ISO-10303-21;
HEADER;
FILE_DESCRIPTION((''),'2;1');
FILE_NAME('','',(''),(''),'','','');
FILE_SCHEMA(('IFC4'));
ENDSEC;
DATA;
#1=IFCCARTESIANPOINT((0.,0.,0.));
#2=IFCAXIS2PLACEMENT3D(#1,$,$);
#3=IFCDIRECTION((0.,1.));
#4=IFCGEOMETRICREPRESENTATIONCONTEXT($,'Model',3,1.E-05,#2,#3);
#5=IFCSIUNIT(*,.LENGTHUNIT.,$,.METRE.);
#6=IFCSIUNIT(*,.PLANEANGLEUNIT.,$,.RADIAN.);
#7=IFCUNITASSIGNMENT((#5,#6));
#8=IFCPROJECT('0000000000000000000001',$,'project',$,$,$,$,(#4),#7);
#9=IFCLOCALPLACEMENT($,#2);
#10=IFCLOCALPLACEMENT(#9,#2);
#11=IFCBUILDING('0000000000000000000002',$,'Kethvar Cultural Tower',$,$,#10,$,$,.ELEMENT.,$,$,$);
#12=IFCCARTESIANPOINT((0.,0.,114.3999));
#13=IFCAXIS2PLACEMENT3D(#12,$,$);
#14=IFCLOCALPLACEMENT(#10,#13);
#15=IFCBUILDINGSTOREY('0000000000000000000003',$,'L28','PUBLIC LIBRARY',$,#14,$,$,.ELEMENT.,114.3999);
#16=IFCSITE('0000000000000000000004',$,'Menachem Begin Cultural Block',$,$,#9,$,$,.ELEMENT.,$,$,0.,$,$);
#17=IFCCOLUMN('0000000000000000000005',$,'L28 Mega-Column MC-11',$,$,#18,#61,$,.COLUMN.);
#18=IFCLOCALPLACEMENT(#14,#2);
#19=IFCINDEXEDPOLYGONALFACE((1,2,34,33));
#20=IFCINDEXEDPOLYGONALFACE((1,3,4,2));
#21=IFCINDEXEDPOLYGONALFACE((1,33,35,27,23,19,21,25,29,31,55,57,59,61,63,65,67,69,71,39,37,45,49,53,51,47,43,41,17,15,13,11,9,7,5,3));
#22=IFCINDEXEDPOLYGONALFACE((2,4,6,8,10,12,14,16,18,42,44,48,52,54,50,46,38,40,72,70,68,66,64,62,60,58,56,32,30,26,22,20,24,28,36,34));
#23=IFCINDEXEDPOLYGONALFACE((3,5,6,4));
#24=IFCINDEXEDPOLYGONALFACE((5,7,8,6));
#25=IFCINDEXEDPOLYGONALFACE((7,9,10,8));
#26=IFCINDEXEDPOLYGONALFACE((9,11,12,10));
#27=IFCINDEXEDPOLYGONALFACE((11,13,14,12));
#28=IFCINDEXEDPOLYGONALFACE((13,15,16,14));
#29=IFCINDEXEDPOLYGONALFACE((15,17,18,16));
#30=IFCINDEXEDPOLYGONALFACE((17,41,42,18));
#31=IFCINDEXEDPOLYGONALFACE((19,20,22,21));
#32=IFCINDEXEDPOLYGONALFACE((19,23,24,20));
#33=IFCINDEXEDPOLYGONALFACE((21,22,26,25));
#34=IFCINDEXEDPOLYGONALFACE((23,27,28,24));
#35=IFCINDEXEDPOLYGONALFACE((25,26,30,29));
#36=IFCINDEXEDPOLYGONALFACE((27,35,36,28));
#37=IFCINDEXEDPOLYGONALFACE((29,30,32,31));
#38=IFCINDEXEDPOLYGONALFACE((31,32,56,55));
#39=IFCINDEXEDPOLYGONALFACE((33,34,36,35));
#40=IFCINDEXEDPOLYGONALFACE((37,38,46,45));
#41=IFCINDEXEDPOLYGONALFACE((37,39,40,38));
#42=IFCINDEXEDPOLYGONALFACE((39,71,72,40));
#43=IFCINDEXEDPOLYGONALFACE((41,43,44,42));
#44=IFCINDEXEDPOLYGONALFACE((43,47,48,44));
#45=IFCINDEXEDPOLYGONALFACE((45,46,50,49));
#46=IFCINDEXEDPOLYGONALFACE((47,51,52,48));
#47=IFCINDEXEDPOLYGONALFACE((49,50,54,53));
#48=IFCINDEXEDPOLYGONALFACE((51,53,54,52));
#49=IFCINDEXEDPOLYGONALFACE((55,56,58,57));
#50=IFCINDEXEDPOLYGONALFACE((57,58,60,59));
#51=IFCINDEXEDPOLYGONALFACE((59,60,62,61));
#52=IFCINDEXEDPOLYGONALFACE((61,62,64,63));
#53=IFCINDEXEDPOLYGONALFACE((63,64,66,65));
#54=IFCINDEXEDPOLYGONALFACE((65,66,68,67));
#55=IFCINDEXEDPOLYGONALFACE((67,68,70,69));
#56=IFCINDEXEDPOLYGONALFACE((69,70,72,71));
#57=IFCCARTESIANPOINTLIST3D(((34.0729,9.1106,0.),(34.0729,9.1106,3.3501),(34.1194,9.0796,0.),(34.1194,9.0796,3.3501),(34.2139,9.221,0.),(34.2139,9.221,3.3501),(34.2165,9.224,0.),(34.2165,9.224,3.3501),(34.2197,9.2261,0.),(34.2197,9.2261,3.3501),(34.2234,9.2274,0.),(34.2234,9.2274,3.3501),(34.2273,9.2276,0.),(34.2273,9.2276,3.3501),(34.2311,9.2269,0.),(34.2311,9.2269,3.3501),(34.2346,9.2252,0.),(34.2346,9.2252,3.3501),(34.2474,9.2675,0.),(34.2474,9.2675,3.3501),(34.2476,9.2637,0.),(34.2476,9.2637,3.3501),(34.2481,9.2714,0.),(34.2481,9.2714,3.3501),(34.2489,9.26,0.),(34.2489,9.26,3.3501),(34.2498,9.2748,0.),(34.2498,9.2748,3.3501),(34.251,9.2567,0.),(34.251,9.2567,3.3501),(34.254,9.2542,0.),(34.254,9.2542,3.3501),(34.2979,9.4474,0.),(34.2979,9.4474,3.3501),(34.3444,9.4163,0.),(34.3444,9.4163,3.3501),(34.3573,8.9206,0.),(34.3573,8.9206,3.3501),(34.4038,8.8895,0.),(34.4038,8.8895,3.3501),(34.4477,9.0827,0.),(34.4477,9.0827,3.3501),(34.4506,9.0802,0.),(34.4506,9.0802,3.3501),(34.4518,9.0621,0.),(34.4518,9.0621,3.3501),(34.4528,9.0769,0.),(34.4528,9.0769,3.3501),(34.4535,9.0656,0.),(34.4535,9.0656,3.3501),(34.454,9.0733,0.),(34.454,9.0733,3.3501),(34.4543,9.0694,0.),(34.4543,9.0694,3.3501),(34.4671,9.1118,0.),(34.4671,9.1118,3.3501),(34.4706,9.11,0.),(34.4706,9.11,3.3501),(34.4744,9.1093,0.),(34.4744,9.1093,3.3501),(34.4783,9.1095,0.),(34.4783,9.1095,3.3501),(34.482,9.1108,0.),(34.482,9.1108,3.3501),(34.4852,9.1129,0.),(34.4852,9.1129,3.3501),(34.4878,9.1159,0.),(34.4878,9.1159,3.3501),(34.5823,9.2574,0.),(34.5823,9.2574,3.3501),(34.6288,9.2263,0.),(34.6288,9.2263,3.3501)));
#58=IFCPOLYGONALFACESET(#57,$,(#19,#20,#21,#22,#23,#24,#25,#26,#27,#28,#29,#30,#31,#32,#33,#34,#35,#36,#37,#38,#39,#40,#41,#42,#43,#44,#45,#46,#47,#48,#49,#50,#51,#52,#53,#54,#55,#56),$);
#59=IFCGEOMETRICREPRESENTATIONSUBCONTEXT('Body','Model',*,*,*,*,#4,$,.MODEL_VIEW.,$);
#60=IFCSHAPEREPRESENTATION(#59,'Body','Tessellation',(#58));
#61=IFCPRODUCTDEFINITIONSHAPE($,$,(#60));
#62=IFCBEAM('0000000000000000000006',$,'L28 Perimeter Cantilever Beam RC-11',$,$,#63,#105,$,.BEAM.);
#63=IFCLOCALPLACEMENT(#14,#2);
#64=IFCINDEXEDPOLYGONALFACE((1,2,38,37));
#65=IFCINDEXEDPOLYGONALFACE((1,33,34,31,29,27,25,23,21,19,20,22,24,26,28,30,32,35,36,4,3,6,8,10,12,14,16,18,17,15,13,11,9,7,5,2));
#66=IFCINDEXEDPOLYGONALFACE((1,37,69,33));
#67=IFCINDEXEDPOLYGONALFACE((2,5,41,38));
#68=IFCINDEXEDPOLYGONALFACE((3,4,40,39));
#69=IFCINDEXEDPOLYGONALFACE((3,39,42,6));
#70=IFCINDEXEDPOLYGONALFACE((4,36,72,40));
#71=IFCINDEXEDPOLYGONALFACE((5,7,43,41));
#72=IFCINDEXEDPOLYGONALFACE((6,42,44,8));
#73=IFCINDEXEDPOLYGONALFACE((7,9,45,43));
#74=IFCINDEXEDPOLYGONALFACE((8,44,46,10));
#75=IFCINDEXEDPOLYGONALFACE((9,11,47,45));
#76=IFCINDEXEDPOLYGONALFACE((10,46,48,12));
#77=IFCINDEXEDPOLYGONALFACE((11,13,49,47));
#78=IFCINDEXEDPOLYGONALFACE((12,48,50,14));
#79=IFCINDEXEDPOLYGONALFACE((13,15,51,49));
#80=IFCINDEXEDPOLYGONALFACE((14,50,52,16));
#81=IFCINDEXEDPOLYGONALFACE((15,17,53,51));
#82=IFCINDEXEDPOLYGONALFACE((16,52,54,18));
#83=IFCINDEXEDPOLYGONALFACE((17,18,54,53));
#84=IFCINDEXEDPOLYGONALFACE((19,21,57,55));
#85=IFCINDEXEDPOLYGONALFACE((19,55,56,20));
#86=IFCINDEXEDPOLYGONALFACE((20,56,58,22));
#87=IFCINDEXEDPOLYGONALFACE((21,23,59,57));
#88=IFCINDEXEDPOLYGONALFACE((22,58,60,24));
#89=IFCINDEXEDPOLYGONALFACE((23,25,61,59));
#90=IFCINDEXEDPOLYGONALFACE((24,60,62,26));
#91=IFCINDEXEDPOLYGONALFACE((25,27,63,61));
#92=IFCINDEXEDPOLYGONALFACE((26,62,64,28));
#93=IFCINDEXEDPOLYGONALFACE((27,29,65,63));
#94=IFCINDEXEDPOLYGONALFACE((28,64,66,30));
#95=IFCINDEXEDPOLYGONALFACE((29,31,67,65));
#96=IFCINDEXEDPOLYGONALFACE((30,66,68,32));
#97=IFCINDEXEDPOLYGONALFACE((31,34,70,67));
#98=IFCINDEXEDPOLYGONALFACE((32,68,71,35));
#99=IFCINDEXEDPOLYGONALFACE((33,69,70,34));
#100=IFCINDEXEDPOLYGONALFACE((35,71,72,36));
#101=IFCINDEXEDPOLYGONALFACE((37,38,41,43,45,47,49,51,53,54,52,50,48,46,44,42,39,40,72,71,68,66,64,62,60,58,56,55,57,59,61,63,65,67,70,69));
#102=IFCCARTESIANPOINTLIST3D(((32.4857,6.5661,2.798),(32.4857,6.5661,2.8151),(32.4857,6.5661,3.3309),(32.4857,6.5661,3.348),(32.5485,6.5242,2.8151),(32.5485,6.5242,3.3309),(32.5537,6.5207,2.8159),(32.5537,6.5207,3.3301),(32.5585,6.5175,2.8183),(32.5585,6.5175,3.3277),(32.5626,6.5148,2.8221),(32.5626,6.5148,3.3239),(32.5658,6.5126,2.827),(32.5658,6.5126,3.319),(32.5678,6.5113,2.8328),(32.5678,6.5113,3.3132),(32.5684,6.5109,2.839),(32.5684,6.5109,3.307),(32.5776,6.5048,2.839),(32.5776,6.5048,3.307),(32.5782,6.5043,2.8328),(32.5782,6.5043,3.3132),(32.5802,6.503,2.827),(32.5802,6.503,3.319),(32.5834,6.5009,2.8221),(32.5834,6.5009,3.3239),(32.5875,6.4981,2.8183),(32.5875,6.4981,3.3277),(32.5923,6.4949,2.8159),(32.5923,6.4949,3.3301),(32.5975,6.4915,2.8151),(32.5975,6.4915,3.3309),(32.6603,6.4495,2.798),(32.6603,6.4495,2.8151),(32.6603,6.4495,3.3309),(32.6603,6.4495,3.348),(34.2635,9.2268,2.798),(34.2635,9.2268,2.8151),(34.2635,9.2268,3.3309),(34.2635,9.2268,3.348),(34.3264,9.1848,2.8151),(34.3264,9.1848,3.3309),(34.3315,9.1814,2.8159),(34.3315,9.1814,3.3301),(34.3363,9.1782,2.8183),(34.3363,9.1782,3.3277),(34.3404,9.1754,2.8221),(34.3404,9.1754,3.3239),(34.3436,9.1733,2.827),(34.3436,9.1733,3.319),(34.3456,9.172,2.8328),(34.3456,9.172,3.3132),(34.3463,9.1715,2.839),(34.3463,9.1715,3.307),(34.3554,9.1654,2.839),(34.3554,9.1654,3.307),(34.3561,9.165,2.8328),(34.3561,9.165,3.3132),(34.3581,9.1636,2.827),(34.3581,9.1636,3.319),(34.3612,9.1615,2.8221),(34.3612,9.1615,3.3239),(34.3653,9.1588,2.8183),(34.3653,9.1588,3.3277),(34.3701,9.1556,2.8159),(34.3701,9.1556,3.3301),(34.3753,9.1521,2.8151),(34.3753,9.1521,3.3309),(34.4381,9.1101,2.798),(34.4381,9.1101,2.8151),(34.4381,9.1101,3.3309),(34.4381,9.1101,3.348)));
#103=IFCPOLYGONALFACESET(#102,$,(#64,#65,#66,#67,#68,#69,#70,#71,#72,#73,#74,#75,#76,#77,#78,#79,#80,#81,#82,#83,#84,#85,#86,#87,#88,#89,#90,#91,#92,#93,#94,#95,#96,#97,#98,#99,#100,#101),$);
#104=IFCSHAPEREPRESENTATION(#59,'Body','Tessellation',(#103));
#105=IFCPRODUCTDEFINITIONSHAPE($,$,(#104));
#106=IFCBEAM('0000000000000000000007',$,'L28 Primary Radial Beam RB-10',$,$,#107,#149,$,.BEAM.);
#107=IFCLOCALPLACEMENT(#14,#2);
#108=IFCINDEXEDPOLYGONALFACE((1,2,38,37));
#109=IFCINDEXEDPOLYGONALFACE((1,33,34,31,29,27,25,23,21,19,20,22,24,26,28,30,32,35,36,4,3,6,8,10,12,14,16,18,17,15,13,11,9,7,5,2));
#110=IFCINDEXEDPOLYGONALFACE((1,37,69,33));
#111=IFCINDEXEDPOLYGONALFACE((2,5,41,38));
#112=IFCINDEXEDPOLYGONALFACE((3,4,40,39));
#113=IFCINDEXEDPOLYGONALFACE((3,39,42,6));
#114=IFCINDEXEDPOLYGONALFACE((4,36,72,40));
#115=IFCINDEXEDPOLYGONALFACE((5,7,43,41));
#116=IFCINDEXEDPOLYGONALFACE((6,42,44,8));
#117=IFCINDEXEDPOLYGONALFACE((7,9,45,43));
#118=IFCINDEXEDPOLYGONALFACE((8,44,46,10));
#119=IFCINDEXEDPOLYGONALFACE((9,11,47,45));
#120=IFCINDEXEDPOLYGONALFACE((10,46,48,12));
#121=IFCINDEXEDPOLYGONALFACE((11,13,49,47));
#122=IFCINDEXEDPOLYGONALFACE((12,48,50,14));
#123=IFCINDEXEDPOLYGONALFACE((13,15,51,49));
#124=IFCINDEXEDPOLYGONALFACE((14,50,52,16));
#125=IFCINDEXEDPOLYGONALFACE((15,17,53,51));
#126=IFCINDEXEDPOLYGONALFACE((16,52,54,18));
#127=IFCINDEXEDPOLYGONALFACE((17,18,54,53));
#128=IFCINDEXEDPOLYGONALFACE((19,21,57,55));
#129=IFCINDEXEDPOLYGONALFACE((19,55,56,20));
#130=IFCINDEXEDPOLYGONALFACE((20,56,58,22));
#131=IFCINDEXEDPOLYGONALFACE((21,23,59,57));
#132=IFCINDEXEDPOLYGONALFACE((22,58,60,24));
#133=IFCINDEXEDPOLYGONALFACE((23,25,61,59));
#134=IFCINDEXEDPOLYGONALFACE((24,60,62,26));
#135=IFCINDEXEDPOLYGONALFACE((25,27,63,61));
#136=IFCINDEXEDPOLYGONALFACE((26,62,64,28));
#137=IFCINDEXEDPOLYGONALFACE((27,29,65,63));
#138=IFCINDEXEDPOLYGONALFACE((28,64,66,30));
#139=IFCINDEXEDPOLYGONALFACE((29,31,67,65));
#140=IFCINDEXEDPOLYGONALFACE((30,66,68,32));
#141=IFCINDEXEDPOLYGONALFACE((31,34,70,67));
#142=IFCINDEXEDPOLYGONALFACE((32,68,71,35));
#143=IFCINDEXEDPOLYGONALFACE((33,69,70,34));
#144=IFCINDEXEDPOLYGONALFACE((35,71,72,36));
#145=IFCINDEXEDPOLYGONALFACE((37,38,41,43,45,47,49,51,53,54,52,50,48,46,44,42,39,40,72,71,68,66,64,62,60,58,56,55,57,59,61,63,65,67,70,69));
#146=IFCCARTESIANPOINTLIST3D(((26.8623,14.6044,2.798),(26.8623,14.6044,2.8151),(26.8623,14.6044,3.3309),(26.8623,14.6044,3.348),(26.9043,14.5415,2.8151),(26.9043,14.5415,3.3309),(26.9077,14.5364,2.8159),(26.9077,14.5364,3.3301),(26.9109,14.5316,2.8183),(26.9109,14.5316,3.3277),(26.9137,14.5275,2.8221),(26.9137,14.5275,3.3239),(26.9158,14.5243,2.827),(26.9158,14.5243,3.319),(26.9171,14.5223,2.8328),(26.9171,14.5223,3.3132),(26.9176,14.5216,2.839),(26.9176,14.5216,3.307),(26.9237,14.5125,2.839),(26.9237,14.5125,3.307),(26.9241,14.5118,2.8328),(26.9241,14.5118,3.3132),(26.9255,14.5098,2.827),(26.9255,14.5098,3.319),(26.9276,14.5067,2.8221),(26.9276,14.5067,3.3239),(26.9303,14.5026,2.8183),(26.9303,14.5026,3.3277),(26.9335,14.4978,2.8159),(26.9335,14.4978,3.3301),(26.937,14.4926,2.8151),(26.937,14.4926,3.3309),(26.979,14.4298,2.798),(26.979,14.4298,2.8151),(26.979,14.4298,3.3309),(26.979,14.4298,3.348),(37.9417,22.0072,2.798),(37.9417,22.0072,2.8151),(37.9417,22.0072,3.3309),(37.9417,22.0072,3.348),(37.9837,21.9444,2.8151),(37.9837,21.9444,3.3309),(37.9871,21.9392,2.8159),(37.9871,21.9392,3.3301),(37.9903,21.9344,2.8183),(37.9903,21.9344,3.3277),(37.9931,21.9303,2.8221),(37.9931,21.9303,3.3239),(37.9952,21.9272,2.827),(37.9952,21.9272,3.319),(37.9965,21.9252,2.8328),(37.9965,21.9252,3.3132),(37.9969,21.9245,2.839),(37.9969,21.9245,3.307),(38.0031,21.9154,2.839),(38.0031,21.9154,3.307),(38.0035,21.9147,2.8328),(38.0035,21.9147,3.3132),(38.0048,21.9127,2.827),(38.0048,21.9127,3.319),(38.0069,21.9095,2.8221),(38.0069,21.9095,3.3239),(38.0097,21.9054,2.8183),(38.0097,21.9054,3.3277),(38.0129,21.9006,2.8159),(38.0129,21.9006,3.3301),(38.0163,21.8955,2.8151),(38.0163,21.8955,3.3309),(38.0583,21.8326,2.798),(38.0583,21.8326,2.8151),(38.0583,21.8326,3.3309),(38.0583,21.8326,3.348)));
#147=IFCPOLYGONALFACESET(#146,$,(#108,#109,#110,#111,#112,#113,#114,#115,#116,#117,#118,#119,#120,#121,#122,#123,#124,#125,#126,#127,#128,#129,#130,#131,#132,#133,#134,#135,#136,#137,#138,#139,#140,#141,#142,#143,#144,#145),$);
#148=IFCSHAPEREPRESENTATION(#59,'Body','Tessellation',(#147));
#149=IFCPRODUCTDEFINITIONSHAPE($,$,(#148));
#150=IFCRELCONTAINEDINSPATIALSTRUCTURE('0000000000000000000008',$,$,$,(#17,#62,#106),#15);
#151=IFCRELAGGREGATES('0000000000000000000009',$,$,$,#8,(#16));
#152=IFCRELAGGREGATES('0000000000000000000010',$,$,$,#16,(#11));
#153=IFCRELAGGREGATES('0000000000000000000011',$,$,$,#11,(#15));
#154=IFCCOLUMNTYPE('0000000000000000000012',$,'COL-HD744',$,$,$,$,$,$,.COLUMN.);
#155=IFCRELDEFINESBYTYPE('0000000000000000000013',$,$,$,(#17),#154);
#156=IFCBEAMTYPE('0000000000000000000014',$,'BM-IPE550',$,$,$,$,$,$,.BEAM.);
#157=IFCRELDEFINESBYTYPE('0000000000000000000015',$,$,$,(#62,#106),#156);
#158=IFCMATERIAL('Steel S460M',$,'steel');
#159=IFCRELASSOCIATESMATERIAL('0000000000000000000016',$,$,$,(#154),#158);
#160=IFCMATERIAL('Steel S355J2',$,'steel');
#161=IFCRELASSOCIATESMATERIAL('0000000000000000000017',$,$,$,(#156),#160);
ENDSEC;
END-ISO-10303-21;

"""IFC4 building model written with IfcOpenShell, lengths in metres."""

from ifc_helpers import new_model, si_unit, direction, frame, origin, origin_2d, place, context, subcontext, project, spatial, i_section, extrude, source, transform, mapped, material, material_profile, profile_set, type_object, element, save


model = new_model("IFC4")

# Units and contexts
model_context = context("Model", 3, precision=1e-05, world=origin(), true_north=direction((0.0, 1.0)))
body_context = subcontext(model_context, "Body", "Model", "MODEL_VIEW")
ifc_project = project(units=[si_unit("LENGTHUNIT", "METRE"), si_unit("PLANEANGLEUNIT", "RADIAN")], contexts=[model_context])

# Site, building, storey
site_placement = place(None, origin())
site = spatial("IfcSite", under=ifc_project, at=site_placement, Name="Menachem Begin Cultural Block", CompositionType="ELEMENT", RefElevation=0.0)
building_placement = place(site_placement, origin())
building = spatial("IfcBuilding", under=site, at=building_placement, Name="Kethvar Cultural Tower", CompositionType="ELEMENT")
storey_placement = place(building_placement, frame((0.0, 0.0, 114.3999)))
storey = spatial("IfcBuildingStorey", under=building, at=storey_placement, Name="L28", Description="PUBLIC LIBRARY", CompositionType="ELEMENT", Elevation=114.3999)

# Column
ifc_material_1 = material(Name="Steel S460M", Category="steel")
ifc_material_profile_1 = material_profile(ifc_material_1, i_section(OverallWidth=0.405, OverallDepth=0.3979, WebThickness=0.0349, FlangeThickness=0.0559, FilletRadius=0.0149, at=origin_2d()), Name="Steel S460M — HD400x744")
ifc_profile_set_1 = profile_set([ifc_material_profile_1], Name="Steel S460M — HD400x744")
column_type = type_object("IfcColumnType", Name="COL-HD744", PredefinedType="COLUMN", material=ifc_profile_set_1)
shared_shape_1 = source(origin(), body_context, "Body", "SweptSolid", [
    extrude(i_section(OverallWidth=0.405, OverallDepth=0.3979, WebThickness=0.0349, FlangeThickness=0.0559, FilletRadius=0.0149, at=origin_2d()), origin(), (0.0, 0.0, 1.0), 3.3501),
])
column_placement = place(storey_placement, frame((34.3508, 9.1685, 0.0), z_axis=(0.0, 0.0, 1.0), x_axis=(-0.55557, -0.83147, 0.0)))
element("IfcColumn", 1, at=column_placement, inside=storey, type_object=column_type, Name="L28 Mega-Column MC-11", PredefinedType="COLUMN", context=body_context, shape_type="MappedRepresentation", body=[
    mapped(shared_shape_1, transform((0.0, 0.0, 0.0), scale=1.0)),
])

# Beams
ifc_material_2 = material(Name="Steel S355J2", Category="steel")
ifc_material_profile_2 = material_profile(ifc_material_2, i_section(OverallWidth=0.21, OverallDepth=0.55, WebThickness=0.011, FlangeThickness=0.0171, FilletRadius=0.0239, at=origin_2d()), Name="Steel S355J2 — IPE550")
ifc_profile_set_2 = profile_set([ifc_material_profile_2], Name="Steel S355J2 — IPE550")
beam_type_1 = type_object("IfcBeamType", Name="BM-IPE550", PredefinedType="BEAM", material=ifc_profile_set_2)
shared_shape_2 = source(origin(), body_context, "Body", "SweptSolid", [
    extrude(i_section(OverallWidth=0.21, OverallDepth=0.55, WebThickness=0.011, FlangeThickness=0.0171, FilletRadius=0.0239, at=origin_2d()), origin(), (0.0, 0.0, 1.0), 3.2),
])
beam_1_placement = place(storey_placement, frame((34.3508, 9.1685, 3.073), z_axis=(-0.55558, -0.831463, 0.0), x_axis=(0.831463, -0.55558, 0.0)))
element("IfcBeam", 2, at=beam_1_placement, inside=storey, type_object=beam_type_1, Name="L28 Perimeter Cantilever Beam RC-11", PredefinedType="BEAM", context=body_context, shape_type="MappedRepresentation", body=[
    mapped(shared_shape_2, transform((0.0, 0.0, 0.0), scale=1.0)),
])
shared_shape_3 = source(origin(), body_context, "Body", "SweptSolid", [
    extrude(i_section(OverallWidth=0.21, OverallDepth=0.55, WebThickness=0.011, FlangeThickness=0.0171, FilletRadius=0.0239, at=origin_2d()), origin(), (0.0, 0.0, 1.0), 13.325),
])
beam_2_placement = place(storey_placement, frame((38.0, 21.9199, 3.073), z_axis=(-0.831475, -0.555562, 0.0), x_axis=(0.555562, -0.831475, 0.0)))
element("IfcBeam", 3, at=beam_2_placement, inside=storey, type_object=beam_type_1, Name="L28 Primary Radial Beam RB-10", PredefinedType="BEAM", context=body_context, shape_type="MappedRepresentation", body=[
    mapped(shared_shape_3, transform((0.0, 0.0, 0.0), scale=1.0)),
])

save(model, "model.ifc")
